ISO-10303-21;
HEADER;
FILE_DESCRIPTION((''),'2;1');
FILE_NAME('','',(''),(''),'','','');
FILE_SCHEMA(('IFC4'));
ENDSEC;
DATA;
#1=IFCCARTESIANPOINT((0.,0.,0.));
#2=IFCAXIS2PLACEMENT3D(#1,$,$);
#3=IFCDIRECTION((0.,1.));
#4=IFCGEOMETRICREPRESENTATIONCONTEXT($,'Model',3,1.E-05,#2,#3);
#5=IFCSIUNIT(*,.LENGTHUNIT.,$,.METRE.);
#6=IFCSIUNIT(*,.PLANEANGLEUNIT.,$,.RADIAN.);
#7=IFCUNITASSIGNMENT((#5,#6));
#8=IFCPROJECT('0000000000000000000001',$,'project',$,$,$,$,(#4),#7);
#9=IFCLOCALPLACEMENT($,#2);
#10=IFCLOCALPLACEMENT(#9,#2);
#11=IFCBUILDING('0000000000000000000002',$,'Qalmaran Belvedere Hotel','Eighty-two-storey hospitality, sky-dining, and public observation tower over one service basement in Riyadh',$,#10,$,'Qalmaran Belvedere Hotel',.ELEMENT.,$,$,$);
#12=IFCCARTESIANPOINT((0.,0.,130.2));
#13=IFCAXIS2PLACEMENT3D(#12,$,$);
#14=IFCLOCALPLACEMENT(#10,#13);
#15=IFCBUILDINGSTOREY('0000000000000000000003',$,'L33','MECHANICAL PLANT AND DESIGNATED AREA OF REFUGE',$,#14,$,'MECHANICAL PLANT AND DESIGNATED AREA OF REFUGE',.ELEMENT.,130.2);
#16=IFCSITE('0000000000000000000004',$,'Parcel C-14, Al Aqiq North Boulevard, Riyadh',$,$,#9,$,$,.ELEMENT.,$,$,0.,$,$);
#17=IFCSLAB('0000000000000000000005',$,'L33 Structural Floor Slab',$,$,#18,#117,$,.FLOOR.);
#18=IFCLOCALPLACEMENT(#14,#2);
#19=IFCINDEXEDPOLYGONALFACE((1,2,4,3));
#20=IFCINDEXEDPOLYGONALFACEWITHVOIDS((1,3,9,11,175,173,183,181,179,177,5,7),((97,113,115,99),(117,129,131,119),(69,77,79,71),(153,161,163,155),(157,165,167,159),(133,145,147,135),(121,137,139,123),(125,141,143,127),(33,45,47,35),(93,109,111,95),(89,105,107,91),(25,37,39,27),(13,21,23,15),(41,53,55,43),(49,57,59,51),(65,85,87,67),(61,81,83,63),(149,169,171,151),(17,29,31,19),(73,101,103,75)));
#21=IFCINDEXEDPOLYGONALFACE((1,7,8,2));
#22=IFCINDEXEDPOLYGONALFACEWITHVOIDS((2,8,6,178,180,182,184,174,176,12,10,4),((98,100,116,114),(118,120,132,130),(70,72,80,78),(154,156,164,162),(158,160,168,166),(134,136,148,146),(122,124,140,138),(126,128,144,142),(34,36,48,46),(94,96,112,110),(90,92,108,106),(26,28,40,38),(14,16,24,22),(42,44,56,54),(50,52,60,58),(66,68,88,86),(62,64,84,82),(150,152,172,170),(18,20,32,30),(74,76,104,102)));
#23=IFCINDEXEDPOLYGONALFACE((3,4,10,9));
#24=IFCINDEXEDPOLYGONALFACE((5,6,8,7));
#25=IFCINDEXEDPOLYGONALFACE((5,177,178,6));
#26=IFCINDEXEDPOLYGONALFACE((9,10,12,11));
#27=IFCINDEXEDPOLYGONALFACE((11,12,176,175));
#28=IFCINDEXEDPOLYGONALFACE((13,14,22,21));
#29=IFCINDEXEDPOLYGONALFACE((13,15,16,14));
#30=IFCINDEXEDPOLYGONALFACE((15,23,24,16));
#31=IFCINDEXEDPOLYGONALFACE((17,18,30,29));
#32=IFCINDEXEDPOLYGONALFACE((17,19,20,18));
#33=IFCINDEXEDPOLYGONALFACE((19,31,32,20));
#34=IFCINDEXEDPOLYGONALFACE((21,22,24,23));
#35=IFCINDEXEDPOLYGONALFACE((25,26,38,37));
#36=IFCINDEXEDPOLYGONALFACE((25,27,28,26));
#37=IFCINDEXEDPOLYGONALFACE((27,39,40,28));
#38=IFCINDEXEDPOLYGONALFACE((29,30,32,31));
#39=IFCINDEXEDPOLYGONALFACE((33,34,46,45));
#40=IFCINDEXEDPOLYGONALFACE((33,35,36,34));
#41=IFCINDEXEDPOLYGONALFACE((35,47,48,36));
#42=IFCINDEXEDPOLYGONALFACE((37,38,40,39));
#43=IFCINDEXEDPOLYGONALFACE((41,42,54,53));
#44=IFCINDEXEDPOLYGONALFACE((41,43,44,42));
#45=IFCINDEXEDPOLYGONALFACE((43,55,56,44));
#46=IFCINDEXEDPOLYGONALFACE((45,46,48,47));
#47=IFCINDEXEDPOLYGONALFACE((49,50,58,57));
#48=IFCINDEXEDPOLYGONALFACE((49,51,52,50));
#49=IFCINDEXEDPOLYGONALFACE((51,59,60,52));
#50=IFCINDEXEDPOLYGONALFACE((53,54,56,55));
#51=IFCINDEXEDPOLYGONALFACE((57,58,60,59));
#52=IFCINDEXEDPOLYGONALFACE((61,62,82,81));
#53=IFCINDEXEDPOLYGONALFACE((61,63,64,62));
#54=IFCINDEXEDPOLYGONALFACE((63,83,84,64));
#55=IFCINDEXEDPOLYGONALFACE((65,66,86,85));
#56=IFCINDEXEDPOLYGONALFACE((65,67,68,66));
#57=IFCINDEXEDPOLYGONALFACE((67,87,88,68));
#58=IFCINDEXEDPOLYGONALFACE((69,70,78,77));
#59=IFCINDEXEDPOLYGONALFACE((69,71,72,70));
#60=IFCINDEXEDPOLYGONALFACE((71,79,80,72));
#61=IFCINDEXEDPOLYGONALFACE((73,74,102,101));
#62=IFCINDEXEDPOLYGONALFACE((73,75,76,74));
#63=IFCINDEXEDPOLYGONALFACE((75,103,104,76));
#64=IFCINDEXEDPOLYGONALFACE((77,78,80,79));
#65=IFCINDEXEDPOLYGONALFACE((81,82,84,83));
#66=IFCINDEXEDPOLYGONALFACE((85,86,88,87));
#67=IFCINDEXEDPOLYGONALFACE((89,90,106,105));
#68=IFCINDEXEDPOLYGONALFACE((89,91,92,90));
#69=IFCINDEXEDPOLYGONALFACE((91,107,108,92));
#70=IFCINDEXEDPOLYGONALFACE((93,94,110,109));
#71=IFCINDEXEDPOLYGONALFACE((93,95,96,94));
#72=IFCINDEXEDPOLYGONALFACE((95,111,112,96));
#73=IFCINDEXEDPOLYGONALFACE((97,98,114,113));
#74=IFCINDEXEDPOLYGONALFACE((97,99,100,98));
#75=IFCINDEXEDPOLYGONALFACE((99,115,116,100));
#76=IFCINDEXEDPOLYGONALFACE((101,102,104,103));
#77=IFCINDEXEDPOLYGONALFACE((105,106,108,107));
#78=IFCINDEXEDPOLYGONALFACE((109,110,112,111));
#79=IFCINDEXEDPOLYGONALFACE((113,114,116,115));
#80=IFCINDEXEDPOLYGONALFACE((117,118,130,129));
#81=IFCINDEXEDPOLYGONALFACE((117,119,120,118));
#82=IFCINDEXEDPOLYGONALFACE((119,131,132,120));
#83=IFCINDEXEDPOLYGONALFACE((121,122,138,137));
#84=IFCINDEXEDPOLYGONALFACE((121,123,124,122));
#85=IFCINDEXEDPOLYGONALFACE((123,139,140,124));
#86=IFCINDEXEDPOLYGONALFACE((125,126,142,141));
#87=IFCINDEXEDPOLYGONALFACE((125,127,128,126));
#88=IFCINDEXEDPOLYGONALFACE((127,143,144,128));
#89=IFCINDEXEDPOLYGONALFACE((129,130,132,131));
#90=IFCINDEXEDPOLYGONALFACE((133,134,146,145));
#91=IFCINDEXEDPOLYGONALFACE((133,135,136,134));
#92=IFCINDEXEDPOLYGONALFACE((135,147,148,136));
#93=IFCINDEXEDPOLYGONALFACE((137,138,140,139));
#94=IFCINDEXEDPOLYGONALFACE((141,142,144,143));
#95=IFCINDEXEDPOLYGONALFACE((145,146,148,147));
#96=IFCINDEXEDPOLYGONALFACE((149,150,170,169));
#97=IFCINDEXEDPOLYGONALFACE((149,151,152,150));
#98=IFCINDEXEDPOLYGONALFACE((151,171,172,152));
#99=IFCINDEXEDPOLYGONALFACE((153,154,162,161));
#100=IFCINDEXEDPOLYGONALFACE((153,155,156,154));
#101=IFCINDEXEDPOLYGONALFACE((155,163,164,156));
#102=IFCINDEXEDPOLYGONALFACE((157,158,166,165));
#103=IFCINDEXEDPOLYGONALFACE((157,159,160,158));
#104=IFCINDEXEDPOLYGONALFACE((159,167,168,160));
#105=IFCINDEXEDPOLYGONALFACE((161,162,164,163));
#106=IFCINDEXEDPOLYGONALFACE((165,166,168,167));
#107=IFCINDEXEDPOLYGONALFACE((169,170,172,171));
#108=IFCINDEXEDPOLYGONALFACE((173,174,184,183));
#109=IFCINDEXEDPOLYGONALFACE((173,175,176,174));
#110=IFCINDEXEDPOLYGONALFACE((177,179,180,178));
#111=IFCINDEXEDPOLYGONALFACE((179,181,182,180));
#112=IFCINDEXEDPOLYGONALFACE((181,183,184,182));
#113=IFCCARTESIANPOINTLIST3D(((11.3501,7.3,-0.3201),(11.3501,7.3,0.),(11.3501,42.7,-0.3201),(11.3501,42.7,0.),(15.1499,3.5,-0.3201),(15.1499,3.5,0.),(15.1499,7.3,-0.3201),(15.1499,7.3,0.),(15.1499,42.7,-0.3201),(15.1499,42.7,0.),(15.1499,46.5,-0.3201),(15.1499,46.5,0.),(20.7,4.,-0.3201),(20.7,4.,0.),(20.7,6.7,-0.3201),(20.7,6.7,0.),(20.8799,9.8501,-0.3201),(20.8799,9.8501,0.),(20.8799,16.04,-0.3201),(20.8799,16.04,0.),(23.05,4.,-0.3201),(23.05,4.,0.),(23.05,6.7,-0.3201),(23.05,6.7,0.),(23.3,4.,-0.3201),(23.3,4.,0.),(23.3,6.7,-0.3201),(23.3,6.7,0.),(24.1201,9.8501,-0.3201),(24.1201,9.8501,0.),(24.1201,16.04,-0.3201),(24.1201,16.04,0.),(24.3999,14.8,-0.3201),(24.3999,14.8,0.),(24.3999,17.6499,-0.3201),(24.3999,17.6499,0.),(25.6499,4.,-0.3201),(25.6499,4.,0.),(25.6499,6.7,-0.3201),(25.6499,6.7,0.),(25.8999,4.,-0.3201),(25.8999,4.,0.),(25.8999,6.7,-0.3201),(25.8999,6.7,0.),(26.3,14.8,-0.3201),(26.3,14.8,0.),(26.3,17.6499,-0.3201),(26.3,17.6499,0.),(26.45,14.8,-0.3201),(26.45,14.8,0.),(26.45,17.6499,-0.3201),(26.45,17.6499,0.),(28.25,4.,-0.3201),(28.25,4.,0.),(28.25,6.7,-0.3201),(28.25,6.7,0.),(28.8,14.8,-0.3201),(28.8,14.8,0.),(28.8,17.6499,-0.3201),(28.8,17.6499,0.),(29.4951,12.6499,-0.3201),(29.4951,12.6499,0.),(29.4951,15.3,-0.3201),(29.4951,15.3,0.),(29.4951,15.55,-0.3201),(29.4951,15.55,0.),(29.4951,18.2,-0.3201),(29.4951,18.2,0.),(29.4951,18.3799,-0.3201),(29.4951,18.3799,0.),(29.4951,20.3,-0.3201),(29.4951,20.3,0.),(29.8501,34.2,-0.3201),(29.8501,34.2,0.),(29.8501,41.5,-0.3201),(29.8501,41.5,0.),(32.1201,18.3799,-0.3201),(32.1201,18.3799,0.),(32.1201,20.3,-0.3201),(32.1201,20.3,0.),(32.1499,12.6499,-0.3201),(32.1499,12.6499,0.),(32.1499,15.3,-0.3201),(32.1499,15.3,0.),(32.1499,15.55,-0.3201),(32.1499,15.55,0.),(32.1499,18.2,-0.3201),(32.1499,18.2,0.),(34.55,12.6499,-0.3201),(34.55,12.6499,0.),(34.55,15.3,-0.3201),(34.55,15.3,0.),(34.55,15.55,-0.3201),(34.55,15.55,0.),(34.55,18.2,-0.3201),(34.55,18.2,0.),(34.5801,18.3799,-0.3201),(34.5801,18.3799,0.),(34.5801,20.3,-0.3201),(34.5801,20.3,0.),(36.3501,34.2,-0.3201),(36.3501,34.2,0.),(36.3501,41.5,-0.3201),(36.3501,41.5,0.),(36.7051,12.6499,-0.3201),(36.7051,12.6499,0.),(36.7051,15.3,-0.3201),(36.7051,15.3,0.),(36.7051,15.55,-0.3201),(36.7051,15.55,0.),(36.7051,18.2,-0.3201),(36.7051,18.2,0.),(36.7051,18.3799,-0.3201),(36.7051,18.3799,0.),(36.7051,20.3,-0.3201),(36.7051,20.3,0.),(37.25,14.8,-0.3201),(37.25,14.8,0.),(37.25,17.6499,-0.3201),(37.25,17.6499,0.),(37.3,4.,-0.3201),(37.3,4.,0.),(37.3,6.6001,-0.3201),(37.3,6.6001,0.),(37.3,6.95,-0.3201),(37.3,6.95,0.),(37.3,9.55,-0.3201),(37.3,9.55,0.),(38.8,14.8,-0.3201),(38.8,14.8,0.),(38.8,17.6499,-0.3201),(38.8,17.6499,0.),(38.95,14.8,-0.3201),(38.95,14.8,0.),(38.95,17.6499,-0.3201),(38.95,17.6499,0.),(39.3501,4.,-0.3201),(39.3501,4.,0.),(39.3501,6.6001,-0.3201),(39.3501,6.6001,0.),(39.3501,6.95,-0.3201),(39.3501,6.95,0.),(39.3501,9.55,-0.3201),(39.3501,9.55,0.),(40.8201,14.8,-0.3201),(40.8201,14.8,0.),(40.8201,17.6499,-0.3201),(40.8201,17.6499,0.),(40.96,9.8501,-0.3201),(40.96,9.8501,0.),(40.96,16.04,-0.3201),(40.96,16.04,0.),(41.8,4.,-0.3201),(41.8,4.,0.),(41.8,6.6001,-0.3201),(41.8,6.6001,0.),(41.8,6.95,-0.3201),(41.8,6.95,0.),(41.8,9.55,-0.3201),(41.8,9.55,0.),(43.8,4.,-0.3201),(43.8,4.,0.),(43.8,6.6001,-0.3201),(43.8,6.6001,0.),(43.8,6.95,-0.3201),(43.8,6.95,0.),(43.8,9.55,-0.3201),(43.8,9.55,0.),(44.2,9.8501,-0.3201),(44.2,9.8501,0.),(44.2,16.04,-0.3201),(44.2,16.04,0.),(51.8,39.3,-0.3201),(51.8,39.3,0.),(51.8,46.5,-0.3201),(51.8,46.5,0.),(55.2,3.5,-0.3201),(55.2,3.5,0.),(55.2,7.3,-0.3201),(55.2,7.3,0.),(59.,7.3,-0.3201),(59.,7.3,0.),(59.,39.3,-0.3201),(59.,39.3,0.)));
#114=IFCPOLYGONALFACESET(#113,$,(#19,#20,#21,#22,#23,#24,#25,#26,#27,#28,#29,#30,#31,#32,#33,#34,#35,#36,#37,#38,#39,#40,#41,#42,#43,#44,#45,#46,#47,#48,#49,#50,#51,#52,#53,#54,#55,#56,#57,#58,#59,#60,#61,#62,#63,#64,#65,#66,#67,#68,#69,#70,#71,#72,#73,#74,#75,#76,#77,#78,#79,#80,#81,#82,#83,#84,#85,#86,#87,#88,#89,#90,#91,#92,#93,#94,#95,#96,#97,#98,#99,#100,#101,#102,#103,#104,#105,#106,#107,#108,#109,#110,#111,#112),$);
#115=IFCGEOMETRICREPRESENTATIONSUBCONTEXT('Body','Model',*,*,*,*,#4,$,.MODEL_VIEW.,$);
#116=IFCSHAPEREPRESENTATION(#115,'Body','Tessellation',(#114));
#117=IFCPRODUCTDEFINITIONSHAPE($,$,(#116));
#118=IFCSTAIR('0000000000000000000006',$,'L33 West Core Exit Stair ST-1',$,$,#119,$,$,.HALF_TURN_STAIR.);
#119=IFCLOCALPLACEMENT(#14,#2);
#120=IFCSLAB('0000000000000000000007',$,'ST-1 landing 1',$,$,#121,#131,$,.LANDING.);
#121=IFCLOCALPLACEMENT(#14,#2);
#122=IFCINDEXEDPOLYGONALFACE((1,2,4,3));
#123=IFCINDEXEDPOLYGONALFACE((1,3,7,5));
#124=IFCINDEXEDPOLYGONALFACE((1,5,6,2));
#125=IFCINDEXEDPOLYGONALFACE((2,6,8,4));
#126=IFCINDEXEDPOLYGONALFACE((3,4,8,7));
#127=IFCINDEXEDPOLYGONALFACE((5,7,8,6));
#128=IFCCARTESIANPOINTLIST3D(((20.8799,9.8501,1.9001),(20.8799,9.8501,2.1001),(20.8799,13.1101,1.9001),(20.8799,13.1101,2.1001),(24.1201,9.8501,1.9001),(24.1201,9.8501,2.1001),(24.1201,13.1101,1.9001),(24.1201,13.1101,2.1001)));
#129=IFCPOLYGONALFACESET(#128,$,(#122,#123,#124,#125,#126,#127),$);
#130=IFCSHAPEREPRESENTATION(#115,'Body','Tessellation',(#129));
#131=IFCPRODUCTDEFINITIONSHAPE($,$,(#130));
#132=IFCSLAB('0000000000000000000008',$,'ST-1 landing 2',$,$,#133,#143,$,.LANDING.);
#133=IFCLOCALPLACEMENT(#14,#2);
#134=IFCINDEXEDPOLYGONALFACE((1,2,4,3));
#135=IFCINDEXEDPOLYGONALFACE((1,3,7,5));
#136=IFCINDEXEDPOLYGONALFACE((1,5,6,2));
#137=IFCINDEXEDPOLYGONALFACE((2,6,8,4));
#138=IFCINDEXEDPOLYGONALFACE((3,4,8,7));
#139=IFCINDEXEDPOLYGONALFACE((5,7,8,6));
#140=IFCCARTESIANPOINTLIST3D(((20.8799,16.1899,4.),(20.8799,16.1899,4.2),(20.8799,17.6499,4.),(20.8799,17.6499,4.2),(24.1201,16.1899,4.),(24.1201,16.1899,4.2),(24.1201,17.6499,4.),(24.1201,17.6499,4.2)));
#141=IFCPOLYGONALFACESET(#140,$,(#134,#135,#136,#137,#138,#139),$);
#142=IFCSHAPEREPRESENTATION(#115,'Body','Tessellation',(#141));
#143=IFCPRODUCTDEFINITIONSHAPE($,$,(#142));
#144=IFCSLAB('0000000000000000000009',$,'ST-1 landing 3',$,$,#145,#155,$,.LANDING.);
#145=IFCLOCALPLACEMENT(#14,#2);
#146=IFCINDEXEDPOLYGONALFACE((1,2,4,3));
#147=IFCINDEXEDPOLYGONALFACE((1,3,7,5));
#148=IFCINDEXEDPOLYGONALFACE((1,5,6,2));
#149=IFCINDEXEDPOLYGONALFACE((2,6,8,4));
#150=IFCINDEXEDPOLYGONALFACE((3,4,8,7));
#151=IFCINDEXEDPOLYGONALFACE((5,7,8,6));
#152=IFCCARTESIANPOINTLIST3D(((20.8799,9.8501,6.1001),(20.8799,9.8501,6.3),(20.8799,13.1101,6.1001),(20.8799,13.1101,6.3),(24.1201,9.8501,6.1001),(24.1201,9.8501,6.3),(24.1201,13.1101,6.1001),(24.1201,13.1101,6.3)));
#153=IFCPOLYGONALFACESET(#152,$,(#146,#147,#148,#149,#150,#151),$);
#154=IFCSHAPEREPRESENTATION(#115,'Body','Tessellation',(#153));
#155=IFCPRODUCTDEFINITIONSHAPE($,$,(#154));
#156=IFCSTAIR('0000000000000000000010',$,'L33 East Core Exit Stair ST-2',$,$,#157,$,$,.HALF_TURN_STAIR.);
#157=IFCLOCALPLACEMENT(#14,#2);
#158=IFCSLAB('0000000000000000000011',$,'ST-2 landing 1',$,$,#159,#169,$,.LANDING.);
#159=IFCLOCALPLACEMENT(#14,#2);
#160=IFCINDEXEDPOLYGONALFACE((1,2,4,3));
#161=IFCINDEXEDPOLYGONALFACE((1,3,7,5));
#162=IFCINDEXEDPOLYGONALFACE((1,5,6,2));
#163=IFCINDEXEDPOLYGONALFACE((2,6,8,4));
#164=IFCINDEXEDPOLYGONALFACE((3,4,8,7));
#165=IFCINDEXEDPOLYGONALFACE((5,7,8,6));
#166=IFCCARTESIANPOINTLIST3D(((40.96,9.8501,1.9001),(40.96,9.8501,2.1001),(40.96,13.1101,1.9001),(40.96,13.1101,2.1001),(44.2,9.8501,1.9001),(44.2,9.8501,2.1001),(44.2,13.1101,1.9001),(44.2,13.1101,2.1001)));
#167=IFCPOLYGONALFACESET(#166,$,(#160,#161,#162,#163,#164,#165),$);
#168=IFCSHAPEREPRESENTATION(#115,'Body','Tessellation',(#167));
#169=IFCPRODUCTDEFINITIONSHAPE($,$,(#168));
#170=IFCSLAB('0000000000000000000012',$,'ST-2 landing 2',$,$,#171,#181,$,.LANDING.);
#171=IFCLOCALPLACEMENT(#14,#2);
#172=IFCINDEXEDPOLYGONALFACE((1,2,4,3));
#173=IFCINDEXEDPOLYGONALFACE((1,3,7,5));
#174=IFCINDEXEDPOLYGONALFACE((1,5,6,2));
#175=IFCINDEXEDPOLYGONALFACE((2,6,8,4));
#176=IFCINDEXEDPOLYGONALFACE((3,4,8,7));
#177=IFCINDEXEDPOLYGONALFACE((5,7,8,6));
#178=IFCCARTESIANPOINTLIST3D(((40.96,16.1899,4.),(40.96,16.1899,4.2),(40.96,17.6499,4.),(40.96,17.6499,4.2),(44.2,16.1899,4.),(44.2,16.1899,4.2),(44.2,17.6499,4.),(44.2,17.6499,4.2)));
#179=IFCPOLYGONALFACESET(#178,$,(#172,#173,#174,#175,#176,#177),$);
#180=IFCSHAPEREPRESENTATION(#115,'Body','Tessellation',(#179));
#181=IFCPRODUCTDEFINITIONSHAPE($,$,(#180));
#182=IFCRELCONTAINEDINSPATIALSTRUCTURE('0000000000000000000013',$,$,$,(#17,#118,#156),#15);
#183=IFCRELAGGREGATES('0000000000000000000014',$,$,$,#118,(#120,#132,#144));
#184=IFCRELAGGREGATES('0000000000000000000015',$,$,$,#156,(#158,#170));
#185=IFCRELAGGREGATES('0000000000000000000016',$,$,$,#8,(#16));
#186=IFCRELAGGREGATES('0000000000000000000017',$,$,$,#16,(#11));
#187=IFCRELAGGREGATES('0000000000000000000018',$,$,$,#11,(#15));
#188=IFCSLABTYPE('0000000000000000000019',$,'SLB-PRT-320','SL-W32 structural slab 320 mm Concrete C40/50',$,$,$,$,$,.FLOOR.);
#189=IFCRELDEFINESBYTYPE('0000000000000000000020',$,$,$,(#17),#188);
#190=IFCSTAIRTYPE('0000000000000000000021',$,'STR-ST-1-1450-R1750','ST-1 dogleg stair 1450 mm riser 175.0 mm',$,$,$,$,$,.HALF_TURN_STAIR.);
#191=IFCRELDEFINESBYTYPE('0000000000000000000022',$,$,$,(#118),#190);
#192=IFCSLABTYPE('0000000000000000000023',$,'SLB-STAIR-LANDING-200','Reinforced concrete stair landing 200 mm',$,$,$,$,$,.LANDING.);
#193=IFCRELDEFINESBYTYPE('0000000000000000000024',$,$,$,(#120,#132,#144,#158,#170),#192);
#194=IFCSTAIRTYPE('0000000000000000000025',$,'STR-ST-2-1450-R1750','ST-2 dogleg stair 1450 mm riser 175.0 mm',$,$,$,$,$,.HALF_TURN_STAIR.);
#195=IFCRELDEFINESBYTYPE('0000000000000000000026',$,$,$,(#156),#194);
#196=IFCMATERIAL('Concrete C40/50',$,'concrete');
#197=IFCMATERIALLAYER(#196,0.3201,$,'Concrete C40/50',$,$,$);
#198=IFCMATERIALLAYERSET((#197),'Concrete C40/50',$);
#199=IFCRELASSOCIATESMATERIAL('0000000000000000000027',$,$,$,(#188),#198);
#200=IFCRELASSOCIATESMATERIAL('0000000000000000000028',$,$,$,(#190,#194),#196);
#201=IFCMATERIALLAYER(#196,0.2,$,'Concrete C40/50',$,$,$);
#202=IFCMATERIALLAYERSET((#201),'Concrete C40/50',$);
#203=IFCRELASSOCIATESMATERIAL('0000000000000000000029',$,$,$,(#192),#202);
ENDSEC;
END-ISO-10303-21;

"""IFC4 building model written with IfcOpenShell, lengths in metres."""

from ifc_helpers import new_model, si_unit, direction, frame, origin, place, context, subcontext, project, spatial, polyline, outline, extrude, material, layer, layer_set, type_object, element, aggregate, save


model = new_model("IFC4")

# Units and contexts
model_context = context("Model", 3, precision=1e-05, world=origin(), true_north=direction((0.0, 1.0)))
body_context = subcontext(model_context, "Body", "Model", "MODEL_VIEW")
ifc_project = project(units=[si_unit("LENGTHUNIT", "METRE"), si_unit("PLANEANGLEUNIT", "RADIAN")], contexts=[model_context])

# Site, building, storey
site_placement = place(None, origin())
site = spatial("IfcSite", under=ifc_project, at=site_placement, Name="Parcel C-14, Al Aqiq North Boulevard, Riyadh", CompositionType="ELEMENT", RefElevation=0.0)
building_placement = place(site_placement, origin())
building = spatial("IfcBuilding", under=site, at=building_placement, Name="Qalmaran Belvedere Hotel", Description="Eighty-two-storey hospitality, sky-dining, and public observation tower over one service basement in Riyadh", LongName="Qalmaran Belvedere Hotel", CompositionType="ELEMENT")
storey_placement = place(building_placement, frame((0.0, 0.0, 130.2)))
storey = spatial("IfcBuildingStorey", under=building, at=storey_placement, Name="L33", Description="MECHANICAL PLANT AND DESIGNATED AREA OF REFUGE", LongName="MECHANICAL PLANT AND DESIGNATED AREA OF REFUGE", CompositionType="ELEMENT", Elevation=130.2)

# Slab
ifc_material_1 = material(Name="Concrete C40/50", Category="concrete")
ifc_layer_1 = layer(ifc_material_1, 0.3201, Name="Concrete C40/50")
ifc_layer_set_1 = layer_set([ifc_layer_1], Name="Concrete C40/50")
slab_type_1 = type_object("IfcSlabType", Name="SLB-PRT-320", Description="SL-W32 structural slab 320 mm Concrete C40/50", PredefinedType="FLOOR", material=ifc_layer_set_1)
slab_1_placement = place(storey_placement, frame((0.0, 0.0, -0.3201)))
element("IfcSlab", 1, at=slab_1_placement, inside=storey, type_object=slab_type_1, Name="L33 Structural Floor Slab", PredefinedType="FLOOR", context=body_context, shape_type="SweptSolid", body=[
    extrude(outline(polyline([(15.1499, 3.5), (55.2, 3.5), (55.2, 7.3), (59.0, 7.3), (59.0, 39.3), (51.8, 39.3), (51.8, 46.5), (15.1499, 46.5), (15.1499, 42.7), (11.3501, 42.7), (11.3501, 7.3), (15.1499, 7.3), (15.1499, 3.5)]), holes=[polyline([(20.8799, 9.8501), (24.1201, 9.8501), (24.1201, 16.04), (20.8799, 16.04), (20.8799, 9.8501)]), polyline([(40.96, 9.8501), (44.2, 9.8501), (44.2, 16.04), (40.96, 16.04), (40.96, 9.8501)]), polyline([(29.4951, 12.6499), (32.1499, 12.6499), (32.1499, 15.3), (29.4951, 15.3), (29.4951, 12.6499)]), polyline([(29.4951, 15.55), (32.1499, 15.55), (32.1499, 18.2), (29.4951, 18.2), (29.4951, 15.55)]), polyline([(34.55, 12.6499), (36.7051, 12.6499), (36.7051, 15.3), (34.55, 15.3), (34.55, 12.6499)]), polyline([(34.55, 15.55), (36.7051, 15.55), (36.7051, 18.2), (34.55, 18.2), (34.55, 15.55)]), polyline([(37.3, 4.0), (39.3501, 4.0), (39.3501, 6.6001), (37.3, 6.6001), (37.3, 4.0)]), polyline([(37.3, 6.95), (39.3501, 6.95), (39.3501, 9.55), (37.3, 9.55), (37.3, 6.95)]), polyline([(41.8, 4.0), (43.8, 4.0), (43.8, 6.6001), (41.8, 6.6001), (41.8, 4.0)]), polyline([(41.8, 6.95), (43.8, 6.95), (43.8, 9.55), (41.8, 9.55), (41.8, 6.95)]), polyline([(20.7, 4.0), (23.05, 4.0), (23.05, 6.7), (20.7, 6.7), (20.7, 4.0)]), polyline([(23.3, 4.0), (25.6499, 4.0), (25.6499, 6.7), (23.3, 6.7), (23.3, 4.0)]), polyline([(25.8999, 4.0), (28.25, 4.0), (28.25, 6.7), (25.8999, 6.7), (25.8999, 4.0)]), polyline([(24.3999, 14.8), (26.3, 14.8), (26.3, 17.6499), (24.3999, 17.6499), (24.3999, 14.8)]), polyline([(38.95, 14.8), (40.8201, 14.8), (40.8201, 17.6499), (38.95, 17.6499), (38.95, 14.8)]), polyline([(26.45, 14.8), (28.8, 14.8), (28.8, 17.6499), (26.45, 17.6499), (26.45, 14.8)]), polyline([(37.25, 14.8), (38.8, 14.8), (38.8, 17.6499), (37.25, 17.6499), (37.25, 14.8)]), polyline([(29.4951, 18.3799), (32.1201, 18.3799), (32.1201, 20.3), (29.4951, 20.3), (29.4951, 18.3799)]), polyline([(34.5801, 18.3799), (36.7051, 18.3799), (36.7051, 20.3), (34.5801, 20.3), (34.5801, 18.3799)]), polyline([(29.8501, 34.2), (36.3501, 34.2), (36.3501, 41.5), (29.8501, 41.5), (29.8501, 34.2)])]), origin(), (0.0, 0.0, 1.0), 0.3201),
])

# Stairs, slabs
stair_type_1 = type_object("IfcStairType", Name="STR-ST-1-1450-R1750", Description="ST-1 dogleg stair 1450 mm riser 175.0 mm", PredefinedType="HALF_TURN_STAIR", material=ifc_material_1)
stair_1_placement = place(storey_placement, origin())
stair_1 = element("IfcStair", 2, at=stair_1_placement, inside=storey, type_object=stair_type_1, Name="L33 West Core Exit Stair ST-1", PredefinedType="HALF_TURN_STAIR")
ifc_layer_2 = layer(ifc_material_1, 0.2, Name="Concrete C40/50")
ifc_layer_set_2 = layer_set([ifc_layer_2], Name="Concrete C40/50")
slab_type_2 = type_object("IfcSlabType", Name="SLB-STAIR-LANDING-200", Description="Reinforced concrete stair landing 200 mm", PredefinedType="LANDING", material=ifc_layer_set_2)
slab_2_placement = place(storey_placement, frame((0.0, 0.0, 1.9001)))
slab_2 = element("IfcSlab", 3, at=slab_2_placement, type_object=slab_type_2, Name="ST-1 landing 1", PredefinedType="LANDING", context=body_context, shape_type="SweptSolid", body=[
    extrude(outline(polyline([(20.8799, 13.1101), (20.8799, 9.8501), (24.1201, 9.8501), (24.1201, 13.1101), (20.8799, 13.1101)])), origin(), (0.0, 0.0, 1.0), 0.2),
])
slab_3_placement = place(storey_placement, frame((0.0, 0.0, 4.0)))
slab_3 = element("IfcSlab", 4, at=slab_3_placement, type_object=slab_type_2, Name="ST-1 landing 2", PredefinedType="LANDING", context=body_context, shape_type="SweptSolid", body=[
    extrude(outline(polyline([(20.8799, 17.6499), (20.8799, 16.1899), (24.1201, 16.1899), (24.1201, 17.6499), (20.8799, 17.6499)])), origin(), (0.0, 0.0, 1.0), 0.2),
])
slab_4_placement = place(storey_placement, frame((0.0, 0.0, 6.1001)))
slab_4 = element("IfcSlab", 5, at=slab_4_placement, type_object=slab_type_2, Name="ST-1 landing 3", PredefinedType="LANDING", context=body_context, shape_type="SweptSolid", body=[
    extrude(outline(polyline([(20.8799, 13.1101), (20.8799, 9.8501), (24.1201, 9.8501), (24.1201, 13.1101), (20.8799, 13.1101)])), origin(), (0.0, 0.0, 1.0), 0.2),
])
aggregate(stair_1, [slab_2, slab_3, slab_4])
stair_type_2 = type_object("IfcStairType", Name="STR-ST-2-1450-R1750", Description="ST-2 dogleg stair 1450 mm riser 175.0 mm", PredefinedType="HALF_TURN_STAIR", material=ifc_material_1)
stair_2_placement = place(storey_placement, origin())
stair_2 = element("IfcStair", 6, at=stair_2_placement, inside=storey, type_object=stair_type_2, Name="L33 East Core Exit Stair ST-2", PredefinedType="HALF_TURN_STAIR")
slab_5_placement = place(storey_placement, frame((0.0, 0.0, 1.9001)))
slab_5 = element("IfcSlab", 7, at=slab_5_placement, type_object=slab_type_2, Name="ST-2 landing 1", PredefinedType="LANDING", context=body_context, shape_type="SweptSolid", body=[
    extrude(outline(polyline([(40.96, 13.1101), (40.96, 9.8501), (44.2, 9.8501), (44.2, 13.1101), (40.96, 13.1101)])), origin(), (0.0, 0.0, 1.0), 0.2),
])
slab_6_placement = place(storey_placement, frame((0.0, 0.0, 4.0)))
slab_6 = element("IfcSlab", 8, at=slab_6_placement, type_object=slab_type_2, Name="ST-2 landing 2", PredefinedType="LANDING", context=body_context, shape_type="SweptSolid", body=[
    extrude(outline(polyline([(40.96, 17.6499), (40.96, 16.1899), (44.2, 16.1899), (44.2, 17.6499), (40.96, 17.6499)])), origin(), (0.0, 0.0, 1.0), 0.2),
])
aggregate(stair_2, [slab_5, slab_6])

save(model, "model.ifc")
